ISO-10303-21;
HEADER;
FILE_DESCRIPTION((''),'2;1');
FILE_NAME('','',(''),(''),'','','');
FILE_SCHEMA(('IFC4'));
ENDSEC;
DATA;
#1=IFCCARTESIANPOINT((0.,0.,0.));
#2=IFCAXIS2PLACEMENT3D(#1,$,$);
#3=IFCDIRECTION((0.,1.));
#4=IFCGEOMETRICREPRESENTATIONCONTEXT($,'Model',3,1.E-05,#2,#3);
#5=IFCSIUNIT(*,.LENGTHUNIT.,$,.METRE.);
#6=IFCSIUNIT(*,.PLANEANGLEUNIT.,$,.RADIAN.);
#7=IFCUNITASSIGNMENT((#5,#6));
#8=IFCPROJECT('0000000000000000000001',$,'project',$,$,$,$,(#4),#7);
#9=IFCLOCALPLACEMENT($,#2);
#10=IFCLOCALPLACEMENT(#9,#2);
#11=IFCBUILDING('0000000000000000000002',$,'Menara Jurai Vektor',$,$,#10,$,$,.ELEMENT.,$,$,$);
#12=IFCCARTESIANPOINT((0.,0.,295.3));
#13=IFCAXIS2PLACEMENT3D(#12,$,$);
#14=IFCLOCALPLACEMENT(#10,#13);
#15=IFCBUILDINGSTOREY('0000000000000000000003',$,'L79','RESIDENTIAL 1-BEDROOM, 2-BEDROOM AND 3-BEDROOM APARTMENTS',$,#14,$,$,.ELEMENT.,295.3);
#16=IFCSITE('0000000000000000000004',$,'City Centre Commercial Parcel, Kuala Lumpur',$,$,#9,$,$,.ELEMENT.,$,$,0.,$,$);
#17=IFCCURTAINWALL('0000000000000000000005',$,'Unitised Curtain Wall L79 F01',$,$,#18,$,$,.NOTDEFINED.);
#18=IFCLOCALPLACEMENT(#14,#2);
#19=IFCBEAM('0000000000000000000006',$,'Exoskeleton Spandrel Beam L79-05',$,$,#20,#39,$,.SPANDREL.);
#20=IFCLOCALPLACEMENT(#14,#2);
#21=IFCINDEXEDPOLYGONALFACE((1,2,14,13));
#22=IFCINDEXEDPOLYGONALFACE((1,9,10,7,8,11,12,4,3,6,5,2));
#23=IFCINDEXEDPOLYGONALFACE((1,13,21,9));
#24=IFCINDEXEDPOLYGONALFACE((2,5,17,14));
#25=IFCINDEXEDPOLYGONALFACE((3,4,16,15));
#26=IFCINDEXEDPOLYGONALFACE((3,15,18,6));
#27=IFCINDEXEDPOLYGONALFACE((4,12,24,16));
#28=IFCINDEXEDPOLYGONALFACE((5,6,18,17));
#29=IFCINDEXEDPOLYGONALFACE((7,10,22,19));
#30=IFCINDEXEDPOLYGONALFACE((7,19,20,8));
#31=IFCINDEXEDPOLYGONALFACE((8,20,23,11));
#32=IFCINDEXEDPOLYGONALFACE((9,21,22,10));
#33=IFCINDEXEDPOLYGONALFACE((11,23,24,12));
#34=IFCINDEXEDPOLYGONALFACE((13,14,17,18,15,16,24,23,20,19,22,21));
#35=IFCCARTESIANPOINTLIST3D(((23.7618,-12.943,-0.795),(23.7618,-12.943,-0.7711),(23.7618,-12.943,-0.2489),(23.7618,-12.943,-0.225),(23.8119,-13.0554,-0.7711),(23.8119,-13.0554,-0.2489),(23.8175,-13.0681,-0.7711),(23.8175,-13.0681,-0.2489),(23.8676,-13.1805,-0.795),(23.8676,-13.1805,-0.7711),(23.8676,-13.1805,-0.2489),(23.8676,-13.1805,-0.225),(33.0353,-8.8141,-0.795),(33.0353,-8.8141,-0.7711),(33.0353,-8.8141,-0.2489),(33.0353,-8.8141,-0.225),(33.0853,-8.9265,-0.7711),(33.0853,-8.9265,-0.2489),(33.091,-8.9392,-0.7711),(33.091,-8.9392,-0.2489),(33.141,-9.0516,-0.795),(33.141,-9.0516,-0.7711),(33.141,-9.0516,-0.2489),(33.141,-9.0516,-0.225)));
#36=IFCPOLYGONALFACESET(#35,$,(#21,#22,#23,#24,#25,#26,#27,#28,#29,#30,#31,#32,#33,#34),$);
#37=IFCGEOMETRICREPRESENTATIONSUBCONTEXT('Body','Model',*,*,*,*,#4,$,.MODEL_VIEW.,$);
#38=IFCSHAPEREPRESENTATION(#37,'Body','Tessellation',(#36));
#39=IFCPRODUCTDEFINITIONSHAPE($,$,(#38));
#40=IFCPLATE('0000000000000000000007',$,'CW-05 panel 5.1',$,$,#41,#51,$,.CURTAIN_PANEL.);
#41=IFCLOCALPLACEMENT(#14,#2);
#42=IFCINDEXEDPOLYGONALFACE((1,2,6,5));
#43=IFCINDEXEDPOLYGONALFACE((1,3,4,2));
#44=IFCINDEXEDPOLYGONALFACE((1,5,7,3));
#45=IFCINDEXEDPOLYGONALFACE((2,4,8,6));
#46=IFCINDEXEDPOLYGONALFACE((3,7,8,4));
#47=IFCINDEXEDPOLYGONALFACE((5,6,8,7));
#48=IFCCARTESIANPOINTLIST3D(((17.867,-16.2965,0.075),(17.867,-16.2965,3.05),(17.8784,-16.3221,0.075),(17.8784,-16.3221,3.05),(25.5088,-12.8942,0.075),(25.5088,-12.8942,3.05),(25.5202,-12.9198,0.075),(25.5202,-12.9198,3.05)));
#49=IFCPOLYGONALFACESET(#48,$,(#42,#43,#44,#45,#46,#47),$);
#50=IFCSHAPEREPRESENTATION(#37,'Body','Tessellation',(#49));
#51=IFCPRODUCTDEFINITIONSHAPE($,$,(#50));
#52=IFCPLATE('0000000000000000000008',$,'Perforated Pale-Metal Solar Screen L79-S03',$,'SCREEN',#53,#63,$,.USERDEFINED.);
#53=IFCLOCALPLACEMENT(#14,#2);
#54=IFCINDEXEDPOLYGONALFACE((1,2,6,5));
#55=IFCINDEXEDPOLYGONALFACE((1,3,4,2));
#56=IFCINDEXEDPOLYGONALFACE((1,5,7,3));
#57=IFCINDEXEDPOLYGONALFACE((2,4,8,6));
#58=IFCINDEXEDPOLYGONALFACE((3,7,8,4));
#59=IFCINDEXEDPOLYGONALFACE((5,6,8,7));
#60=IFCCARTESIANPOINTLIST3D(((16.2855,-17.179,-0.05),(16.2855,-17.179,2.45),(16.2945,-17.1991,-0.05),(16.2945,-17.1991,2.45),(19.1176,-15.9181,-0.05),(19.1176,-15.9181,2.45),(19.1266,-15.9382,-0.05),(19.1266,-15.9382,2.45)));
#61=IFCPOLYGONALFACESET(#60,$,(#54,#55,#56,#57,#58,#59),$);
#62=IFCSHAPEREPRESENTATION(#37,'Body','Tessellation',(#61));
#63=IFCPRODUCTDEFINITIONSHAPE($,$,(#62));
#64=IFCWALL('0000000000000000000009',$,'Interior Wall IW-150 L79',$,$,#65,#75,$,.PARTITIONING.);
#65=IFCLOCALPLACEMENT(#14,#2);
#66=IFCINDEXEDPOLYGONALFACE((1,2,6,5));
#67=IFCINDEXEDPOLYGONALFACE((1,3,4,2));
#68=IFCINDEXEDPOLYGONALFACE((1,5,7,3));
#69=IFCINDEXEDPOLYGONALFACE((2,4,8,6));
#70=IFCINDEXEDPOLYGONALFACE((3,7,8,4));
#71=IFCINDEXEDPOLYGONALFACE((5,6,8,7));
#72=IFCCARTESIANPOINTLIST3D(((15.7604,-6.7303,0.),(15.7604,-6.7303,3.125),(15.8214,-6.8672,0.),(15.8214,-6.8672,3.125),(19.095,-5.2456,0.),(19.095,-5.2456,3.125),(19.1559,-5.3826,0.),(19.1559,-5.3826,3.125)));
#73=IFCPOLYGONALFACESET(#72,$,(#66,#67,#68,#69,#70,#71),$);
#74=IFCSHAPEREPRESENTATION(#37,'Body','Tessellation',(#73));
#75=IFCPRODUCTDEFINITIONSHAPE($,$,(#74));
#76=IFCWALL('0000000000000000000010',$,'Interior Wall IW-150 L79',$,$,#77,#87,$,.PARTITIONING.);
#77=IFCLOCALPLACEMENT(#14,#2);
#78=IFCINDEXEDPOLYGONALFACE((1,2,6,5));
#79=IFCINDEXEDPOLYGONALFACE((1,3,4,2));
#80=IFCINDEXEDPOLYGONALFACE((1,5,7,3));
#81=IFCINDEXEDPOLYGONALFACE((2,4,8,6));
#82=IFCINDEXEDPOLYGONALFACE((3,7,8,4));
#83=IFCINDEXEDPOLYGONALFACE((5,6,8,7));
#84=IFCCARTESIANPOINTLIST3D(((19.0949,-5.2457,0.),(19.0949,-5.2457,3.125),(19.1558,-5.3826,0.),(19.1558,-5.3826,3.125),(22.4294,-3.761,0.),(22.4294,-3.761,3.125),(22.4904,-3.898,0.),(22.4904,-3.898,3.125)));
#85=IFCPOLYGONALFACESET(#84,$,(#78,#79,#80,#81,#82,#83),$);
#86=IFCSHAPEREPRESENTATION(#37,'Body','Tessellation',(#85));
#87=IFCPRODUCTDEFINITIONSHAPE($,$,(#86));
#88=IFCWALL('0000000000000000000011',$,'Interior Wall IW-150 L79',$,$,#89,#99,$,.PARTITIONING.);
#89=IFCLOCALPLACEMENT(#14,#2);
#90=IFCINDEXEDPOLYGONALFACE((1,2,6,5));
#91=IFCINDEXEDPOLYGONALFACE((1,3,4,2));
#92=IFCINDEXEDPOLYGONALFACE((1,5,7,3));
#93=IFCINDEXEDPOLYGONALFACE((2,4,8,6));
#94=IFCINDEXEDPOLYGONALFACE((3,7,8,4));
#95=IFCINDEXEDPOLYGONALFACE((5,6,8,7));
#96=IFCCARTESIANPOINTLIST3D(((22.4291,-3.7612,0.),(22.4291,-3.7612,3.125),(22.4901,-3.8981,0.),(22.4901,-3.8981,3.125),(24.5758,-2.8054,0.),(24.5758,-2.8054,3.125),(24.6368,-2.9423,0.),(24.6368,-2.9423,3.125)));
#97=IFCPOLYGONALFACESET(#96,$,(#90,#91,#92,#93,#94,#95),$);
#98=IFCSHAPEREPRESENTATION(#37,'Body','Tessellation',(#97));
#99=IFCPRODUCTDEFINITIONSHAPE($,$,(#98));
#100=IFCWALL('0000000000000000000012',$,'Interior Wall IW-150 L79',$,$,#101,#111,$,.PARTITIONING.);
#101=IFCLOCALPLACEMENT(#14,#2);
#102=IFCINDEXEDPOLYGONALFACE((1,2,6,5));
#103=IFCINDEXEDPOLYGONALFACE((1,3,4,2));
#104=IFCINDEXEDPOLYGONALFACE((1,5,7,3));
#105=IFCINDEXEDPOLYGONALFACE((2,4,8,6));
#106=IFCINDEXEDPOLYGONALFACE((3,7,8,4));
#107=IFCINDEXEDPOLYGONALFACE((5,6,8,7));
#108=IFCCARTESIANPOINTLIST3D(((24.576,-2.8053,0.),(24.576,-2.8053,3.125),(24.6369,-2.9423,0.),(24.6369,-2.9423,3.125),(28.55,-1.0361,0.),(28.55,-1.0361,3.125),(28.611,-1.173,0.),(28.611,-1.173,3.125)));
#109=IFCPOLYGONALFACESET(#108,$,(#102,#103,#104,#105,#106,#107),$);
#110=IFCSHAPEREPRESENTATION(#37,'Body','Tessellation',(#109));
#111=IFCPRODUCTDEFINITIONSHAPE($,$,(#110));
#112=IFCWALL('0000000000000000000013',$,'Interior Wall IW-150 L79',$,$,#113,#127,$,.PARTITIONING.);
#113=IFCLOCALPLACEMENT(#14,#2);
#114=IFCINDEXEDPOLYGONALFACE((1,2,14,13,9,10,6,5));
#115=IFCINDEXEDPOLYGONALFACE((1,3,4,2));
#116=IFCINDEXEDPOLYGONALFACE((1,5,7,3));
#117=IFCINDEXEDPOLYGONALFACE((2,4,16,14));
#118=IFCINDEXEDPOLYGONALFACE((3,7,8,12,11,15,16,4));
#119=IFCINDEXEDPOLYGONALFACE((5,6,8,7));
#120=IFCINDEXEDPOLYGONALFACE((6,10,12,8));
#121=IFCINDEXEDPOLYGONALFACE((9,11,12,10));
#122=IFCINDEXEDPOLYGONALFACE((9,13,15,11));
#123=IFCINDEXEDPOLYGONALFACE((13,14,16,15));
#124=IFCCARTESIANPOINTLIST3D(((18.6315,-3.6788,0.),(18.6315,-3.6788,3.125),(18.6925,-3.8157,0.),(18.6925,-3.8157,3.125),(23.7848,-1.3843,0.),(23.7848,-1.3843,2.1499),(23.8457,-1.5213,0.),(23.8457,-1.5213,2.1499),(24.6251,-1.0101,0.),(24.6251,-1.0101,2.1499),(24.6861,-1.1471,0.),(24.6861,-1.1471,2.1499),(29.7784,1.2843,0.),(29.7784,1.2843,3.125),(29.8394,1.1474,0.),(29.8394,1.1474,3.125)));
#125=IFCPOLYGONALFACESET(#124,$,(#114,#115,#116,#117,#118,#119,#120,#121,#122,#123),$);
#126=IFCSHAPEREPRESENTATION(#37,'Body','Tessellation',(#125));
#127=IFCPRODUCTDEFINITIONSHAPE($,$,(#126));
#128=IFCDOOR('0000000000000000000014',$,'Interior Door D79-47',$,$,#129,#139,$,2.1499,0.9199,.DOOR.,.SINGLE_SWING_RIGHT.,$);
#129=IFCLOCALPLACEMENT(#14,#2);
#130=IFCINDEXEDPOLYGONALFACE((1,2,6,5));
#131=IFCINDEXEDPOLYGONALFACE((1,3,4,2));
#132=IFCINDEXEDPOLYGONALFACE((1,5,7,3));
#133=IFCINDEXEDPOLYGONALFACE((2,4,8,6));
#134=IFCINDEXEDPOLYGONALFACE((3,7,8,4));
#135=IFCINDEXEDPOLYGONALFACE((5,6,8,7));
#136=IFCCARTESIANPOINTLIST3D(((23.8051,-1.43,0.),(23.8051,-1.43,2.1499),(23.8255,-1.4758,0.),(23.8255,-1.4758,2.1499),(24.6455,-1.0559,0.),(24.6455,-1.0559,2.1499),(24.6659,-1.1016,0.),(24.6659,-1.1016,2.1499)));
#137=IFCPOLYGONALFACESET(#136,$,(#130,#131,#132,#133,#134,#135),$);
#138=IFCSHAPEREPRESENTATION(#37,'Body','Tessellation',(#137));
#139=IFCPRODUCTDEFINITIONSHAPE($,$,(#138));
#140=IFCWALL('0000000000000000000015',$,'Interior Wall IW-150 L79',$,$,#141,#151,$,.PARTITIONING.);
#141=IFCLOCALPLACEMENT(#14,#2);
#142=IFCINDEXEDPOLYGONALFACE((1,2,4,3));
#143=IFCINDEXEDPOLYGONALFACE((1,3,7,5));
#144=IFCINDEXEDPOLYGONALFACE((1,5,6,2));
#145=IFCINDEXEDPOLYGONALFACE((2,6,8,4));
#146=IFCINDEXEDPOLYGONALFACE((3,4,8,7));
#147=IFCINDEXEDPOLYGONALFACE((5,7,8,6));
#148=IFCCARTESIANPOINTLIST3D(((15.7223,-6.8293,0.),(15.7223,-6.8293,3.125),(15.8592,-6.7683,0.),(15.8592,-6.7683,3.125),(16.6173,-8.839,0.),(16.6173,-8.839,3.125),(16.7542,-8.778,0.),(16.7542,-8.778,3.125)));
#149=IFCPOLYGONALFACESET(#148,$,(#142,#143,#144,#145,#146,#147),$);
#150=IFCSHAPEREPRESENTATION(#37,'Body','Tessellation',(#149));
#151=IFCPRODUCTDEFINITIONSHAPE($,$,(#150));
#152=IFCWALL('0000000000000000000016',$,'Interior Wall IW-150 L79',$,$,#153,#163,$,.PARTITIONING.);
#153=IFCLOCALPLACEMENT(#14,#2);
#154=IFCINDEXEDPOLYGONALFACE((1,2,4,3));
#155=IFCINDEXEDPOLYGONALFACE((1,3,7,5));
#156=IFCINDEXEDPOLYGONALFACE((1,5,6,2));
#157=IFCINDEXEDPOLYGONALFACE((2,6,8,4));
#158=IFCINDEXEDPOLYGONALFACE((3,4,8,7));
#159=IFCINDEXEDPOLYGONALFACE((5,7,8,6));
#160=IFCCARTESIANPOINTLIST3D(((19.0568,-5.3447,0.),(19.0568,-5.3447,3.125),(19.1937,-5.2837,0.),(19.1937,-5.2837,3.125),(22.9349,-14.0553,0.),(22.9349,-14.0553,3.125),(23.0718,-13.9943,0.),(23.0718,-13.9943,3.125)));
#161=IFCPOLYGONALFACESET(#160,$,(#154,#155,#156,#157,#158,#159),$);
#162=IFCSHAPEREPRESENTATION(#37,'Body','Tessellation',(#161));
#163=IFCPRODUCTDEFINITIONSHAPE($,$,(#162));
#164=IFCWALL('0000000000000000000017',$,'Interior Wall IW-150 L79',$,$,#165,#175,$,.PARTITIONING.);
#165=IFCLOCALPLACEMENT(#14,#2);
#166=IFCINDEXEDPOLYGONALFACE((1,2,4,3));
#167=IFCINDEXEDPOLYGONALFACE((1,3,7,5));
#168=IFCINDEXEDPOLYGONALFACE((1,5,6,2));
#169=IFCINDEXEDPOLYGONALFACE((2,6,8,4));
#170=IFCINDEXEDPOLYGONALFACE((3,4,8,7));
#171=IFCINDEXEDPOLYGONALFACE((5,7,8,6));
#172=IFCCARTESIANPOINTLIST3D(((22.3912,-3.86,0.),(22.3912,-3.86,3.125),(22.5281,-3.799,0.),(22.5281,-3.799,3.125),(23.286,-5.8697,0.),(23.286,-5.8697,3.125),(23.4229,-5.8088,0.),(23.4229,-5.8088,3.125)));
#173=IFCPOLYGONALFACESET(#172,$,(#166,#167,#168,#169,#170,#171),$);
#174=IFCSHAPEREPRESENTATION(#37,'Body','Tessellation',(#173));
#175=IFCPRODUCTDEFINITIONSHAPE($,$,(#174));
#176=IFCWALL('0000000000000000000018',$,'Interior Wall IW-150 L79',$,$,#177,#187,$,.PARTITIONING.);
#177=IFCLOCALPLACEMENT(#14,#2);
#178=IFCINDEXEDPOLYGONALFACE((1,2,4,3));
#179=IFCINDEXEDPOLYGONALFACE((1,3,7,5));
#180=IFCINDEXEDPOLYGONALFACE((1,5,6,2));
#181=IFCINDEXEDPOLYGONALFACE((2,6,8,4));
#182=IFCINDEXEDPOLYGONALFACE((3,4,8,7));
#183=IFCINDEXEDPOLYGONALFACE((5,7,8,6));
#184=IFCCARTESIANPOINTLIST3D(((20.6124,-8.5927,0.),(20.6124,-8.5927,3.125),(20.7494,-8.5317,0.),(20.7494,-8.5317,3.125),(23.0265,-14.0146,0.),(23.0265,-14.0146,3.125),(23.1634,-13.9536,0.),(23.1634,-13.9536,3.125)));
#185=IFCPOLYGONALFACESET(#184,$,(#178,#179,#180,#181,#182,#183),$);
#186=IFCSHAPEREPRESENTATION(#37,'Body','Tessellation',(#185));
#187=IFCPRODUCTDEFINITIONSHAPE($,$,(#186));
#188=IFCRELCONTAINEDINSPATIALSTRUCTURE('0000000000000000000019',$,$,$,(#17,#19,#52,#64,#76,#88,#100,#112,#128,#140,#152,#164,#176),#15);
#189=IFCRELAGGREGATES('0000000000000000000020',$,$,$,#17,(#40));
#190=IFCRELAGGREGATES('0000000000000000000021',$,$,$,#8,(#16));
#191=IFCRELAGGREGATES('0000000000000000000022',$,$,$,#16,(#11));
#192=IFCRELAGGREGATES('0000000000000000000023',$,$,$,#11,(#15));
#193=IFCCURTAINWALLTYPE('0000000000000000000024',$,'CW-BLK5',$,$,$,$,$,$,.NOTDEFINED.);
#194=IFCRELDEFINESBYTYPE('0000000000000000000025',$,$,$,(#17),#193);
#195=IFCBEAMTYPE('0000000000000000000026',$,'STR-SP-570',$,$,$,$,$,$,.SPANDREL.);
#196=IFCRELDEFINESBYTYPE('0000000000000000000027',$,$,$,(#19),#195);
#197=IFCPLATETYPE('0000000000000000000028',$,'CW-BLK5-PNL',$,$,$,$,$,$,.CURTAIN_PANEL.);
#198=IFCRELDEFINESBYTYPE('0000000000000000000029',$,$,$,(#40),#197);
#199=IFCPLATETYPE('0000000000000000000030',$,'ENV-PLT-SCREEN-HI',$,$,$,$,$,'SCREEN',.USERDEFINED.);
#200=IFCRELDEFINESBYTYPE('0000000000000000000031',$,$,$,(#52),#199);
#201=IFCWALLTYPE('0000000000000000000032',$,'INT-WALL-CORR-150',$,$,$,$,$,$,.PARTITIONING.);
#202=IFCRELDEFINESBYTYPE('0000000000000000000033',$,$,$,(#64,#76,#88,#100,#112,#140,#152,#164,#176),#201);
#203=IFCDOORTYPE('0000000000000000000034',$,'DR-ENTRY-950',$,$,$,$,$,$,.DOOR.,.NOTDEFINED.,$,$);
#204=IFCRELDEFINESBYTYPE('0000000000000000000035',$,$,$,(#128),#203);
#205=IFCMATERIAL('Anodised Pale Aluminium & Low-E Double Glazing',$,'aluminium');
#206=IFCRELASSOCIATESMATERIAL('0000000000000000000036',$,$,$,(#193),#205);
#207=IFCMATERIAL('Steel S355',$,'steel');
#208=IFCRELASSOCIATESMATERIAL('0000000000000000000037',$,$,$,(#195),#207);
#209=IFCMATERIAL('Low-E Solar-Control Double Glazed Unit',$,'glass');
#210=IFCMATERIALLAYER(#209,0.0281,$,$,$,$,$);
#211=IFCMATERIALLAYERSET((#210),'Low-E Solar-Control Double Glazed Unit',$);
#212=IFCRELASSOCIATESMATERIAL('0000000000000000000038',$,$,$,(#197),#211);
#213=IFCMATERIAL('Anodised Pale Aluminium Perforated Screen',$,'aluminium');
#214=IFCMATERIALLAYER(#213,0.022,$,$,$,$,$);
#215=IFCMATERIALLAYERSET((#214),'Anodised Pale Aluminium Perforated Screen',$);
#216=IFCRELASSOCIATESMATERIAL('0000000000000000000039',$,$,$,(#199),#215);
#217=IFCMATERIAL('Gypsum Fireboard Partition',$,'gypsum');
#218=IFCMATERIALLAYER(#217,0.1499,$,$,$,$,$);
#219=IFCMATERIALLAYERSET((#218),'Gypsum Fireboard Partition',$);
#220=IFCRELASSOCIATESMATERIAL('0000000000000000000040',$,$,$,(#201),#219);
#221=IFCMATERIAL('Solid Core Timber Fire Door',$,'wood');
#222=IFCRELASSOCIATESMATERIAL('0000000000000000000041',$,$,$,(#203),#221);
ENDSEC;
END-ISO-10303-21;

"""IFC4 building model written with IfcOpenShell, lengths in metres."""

from ifc_helpers import new_model, si_unit, direction, frame, frame_2d, origin, origin_2d, place, context, subcontext, project, spatial, rectangle, i_section, extrude, material, layer, layer_set, material_profile, profile_set, type_object, element, fill, aggregate, save


model = new_model("IFC4")

# Units and contexts
model_context = context("Model", 3, precision=1e-05, world=origin(), true_north=direction((0.0, 1.0)))
body_context = subcontext(model_context, "Body", "Model", "MODEL_VIEW")
ifc_project = project(units=[si_unit("LENGTHUNIT", "METRE"), si_unit("PLANEANGLEUNIT", "RADIAN")], contexts=[model_context])

# Site, building, storey
site_placement = place(None, origin())
site = spatial("IfcSite", under=ifc_project, at=site_placement, Name="City Centre Commercial Parcel, Kuala Lumpur", CompositionType="ELEMENT", RefElevation=0.0)
building_placement = place(site_placement, origin())
building = spatial("IfcBuilding", under=site, at=building_placement, Name="Menara Jurai Vektor", CompositionType="ELEMENT")
storey_placement = place(building_placement, frame((0.0, 0.0, 295.3)))
storey = spatial("IfcBuildingStorey", under=building, at=storey_placement, Name="L79", Description="RESIDENTIAL 1-BEDROOM, 2-BEDROOM AND 3-BEDROOM APARTMENTS", CompositionType="ELEMENT", Elevation=295.3)

# Curtain wall
ifc_material_1 = material(Name="Anodised Pale Aluminium & Low-E Double Glazing", Category="aluminium")
curtain_wall_type = type_object("IfcCurtainWallType", Name="CW-BLK5", PredefinedType="NOTDEFINED", material=ifc_material_1)
curtain_wall_placement = place(storey_placement, origin())
curtain_wall = element("IfcCurtainWall", 1, at=curtain_wall_placement, inside=storey, type_object=curtain_wall_type, Name="Unitised Curtain Wall L79 F01", PredefinedType="NOTDEFINED")

# Beam
ifc_material_2 = material(Name="Steel S355", Category="steel")
ifc_material_profile_1 = material_profile(ifc_material_2, i_section(OverallWidth=0.26, OverallDepth=0.5701, WebThickness=0.0139, FlangeThickness=0.0239, at=origin_2d()), Name="PG 570x260x145")
ifc_profile_set_1 = profile_set([ifc_material_profile_1], Name="Steel S355")
beam_type_1 = type_object("IfcBeamType", Name="STR-SP-570", PredefinedType="SPANDREL", material=ifc_profile_set_1)
beam_1_placement = place(storey_placement, frame((23.8147, -13.0618, -0.51), z_axis=(0.913542, 0.406745, 0.0), x_axis=(-0.406745, 0.913542, 0.0)))
element("IfcBeam", 2, at=beam_1_placement, inside=storey, type_object=beam_type_1, Name="Exoskeleton Spandrel Beam L79-05", PredefinedType="SPANDREL", context=body_context, shape_type="SweptSolid", body=[
    extrude(i_section(OverallWidth=0.26, OverallDepth=0.5701, WebThickness=0.0139, FlangeThickness=0.0239, at=origin_2d()), origin(), (0.0, 0.0, 1.0), 10.1511),
])

# Plates
ifc_material_3 = material(Name="Low-E Solar-Control Double Glazed Unit", Category="glass")
ifc_layer_1 = layer(ifc_material_3, 0.0281)
ifc_layer_set_1 = layer_set([ifc_layer_1], Name="Low-E Solar-Control Double Glazed Unit")
plate_type_1 = type_object("IfcPlateType", Name="CW-BLK5-PNL", PredefinedType="CURTAIN_PANEL", material=ifc_layer_set_1)
plate_1_placement = place(storey_placement, frame((21.6936, -14.6082, 0.075), z_axis=(0.0, 0.0, 1.0), x_axis=(0.913546, 0.406735, 0.0)))
plate_1 = element("IfcPlate", 3, at=plate_1_placement, type_object=plate_type_1, Name="CW-05 panel 5.1", PredefinedType="CURTAIN_PANEL", context=body_context, shape_type="SweptSolid", body=[
    extrude(rectangle(XDim=8.365, YDim=0.0281, at=origin_2d()), origin(), (0.0, 0.0, 1.0), 2.9751),
])
aggregate(curtain_wall, [plate_1])
ifc_material_4 = material(Name="Anodised Pale Aluminium Perforated Screen", Category="aluminium")
ifc_layer_2 = layer(ifc_material_4, 0.022)
ifc_layer_set_2 = layer_set([ifc_layer_2], Name="Anodised Pale Aluminium Perforated Screen")
plate_type_2 = type_object("IfcPlateType", Name="ENV-PLT-SCREEN-HI", ElementType="SCREEN", PredefinedType="USERDEFINED", material=ifc_layer_set_2)
plate_2_placement = place(storey_placement, frame((17.7061, -16.5586, -0.05), z_axis=(0.0, 0.0, 1.0), x_axis=(0.913545, 0.406737, 0.0)))
element("IfcPlate", 4, at=plate_2_placement, inside=storey, type_object=plate_type_2, Name="Perforated Pale-Metal Solar Screen L79-S03", ObjectType="SCREEN", PredefinedType="USERDEFINED", context=body_context, shape_type="SweptSolid", body=[
    extrude(rectangle(XDim=3.1001, YDim=0.022, at=origin_2d()), origin(), (0.0, 0.0, 1.0), 2.5),
])

# Walls
ifc_material_5 = material(Name="Gypsum Fireboard Partition", Category="gypsum")
ifc_layer_3 = layer(ifc_material_5, 0.1499)
ifc_layer_set_3 = layer_set([ifc_layer_3], Name="Gypsum Fireboard Partition")
wall_type_1 = type_object("IfcWallType", Name="INT-WALL-CORR-150", PredefinedType="PARTITIONING", material=ifc_layer_set_3)
for number, where, z_axis, x_axis, name in (
    (5, (15.7908, -6.7988, 0.0), (0.0, 0.0, 1.0), (0.913544, 0.40674, 0.0), "Interior Wall IW-150 L79"),
    (6, (19.1252, -5.3142, 0.0), (0.0, 0.0, 1.0), (0.913544, 0.40674, 0.0), "Interior Wall IW-150 L79"),
):
    element("IfcWall", number, at=place(storey_placement, frame(where, z_axis=z_axis, x_axis=x_axis)), inside=storey, type_object=wall_type_1, Name=name, PredefinedType="PARTITIONING", context=body_context, shape_type="SweptSolid", body=[
        extrude(rectangle(XDim=3.6501, YDim=0.1499, at=frame_2d((1.8252, 0.0))), origin(), (0.0, 0.0, 1.0), 3.125),
    ])
wall_1_placement = place(storey_placement, frame((22.4597, -3.8296, 0.0), z_axis=(0.0, 0.0, 1.0), x_axis=(0.913541, 0.406746, 0.0)))
element("IfcWall", 7, at=wall_1_placement, inside=storey, type_object=wall_type_1, Name="Interior Wall IW-150 L79", PredefinedType="PARTITIONING", context=body_context, shape_type="SweptSolid", body=[
    extrude(rectangle(XDim=2.3499, YDim=0.1499, at=frame_2d((1.1748, 0.0))), origin(), (0.0, 0.0, 1.0), 3.125),
])
wall_2_placement = place(storey_placement, frame((24.6064, -2.8738, 0.0), z_axis=(0.0, 0.0, 1.0), x_axis=(0.913554, 0.406716, 0.0)))
element("IfcWall", 8, at=wall_2_placement, inside=storey, type_object=wall_type_1, Name="Interior Wall IW-150 L79", PredefinedType="PARTITIONING", context=body_context, shape_type="SweptSolid", body=[
    extrude(rectangle(XDim=4.3501, YDim=0.1499, at=frame_2d((2.175, 0.0))), origin(), (0.0, 0.0, 1.0), 3.125),
])

# Wall, opening, door
wall_3_placement = place(storey_placement, frame((18.6619, -3.7473, 0.0), z_axis=(0.0, 0.0, 1.0), x_axis=(0.91354, 0.406749, 0.0)))
wall_3 = element("IfcWall", 9, at=wall_3_placement, inside=storey, type_object=wall_type_1, Name="Interior Wall IW-150 L79", PredefinedType="PARTITIONING", context=body_context, shape_type="SweptSolid", body=[
    extrude(rectangle(XDim=12.2019, YDim=0.1499, at=frame_2d((6.1011, 0.0))), origin(), (0.0, 0.0, 1.0), 3.125),
])
opening_1_placement = place(wall_3_placement, frame((5.6411, 0.0, 0.0)))
opening_1 = element("IfcOpeningElement", 10, at=opening_1_placement, cuts=wall_3, PredefinedType="OPENING", context=body_context, shape_type="SweptSolid", body=[
    extrude(rectangle(XDim=0.9199, YDim=2.1499, at=frame_2d((0.46, 1.075))), frame((0.0, 0.085, 0.0), z_axis=(0.0, -1.0, 0.0), x_axis=(1.0, 0.0, 0.0)), (0.0, 0.0, 1.0), 0.1699),
])
ifc_material_6 = material(Name="Solid Core Timber Fire Door", Category="wood")
door_type_1 = type_object("IfcDoorType", Name="DR-ENTRY-950", OperationType="NOTDEFINED", PredefinedType="DOOR", material=ifc_material_6)
door_1_placement = place(opening_1_placement, origin())
door_1 = element("IfcDoor", 11, at=door_1_placement, inside=storey, type_object=door_type_1, Name="Interior Door D79-47", OperationType="SINGLE_SWING_RIGHT", OverallHeight=2.1499, OverallWidth=0.9199, PredefinedType="DOOR", context=body_context, shape_type="SweptSolid", body=[
    extrude(rectangle(XDim=0.9199, YDim=2.1499, at=frame_2d((0.46, 1.075))), frame((0.0, 0.0249, 0.0), z_axis=(0.0, -1.0, 0.0), x_axis=(1.0, 0.0, 0.0)), (0.0, 0.0, 1.0), 0.05),
])
fill(opening_1, door_1)

# Walls
wall_4_placement = place(storey_placement, frame((16.6858, -8.8086, 0.0), z_axis=(0.0, 0.0, 1.0), x_axis=(-0.406818, 0.913509, 0.0)))
element("IfcWall", 12, at=wall_4_placement, inside=storey, type_object=wall_type_1, Name="Interior Wall IW-150 L79", PredefinedType="PARTITIONING", context=body_context, shape_type="SweptSolid", body=[
    extrude(rectangle(XDim=2.2, YDim=0.1499, at=frame_2d((1.1001, 0.0))), origin(), (0.0, 0.0, 1.0), 3.125),
])
wall_5_placement = place(storey_placement, frame((23.0034, -14.0249, 0.0), z_axis=(0.0, 0.0, 1.0), x_axis=(-0.40673, 0.913548, 0.0)))
element("IfcWall", 13, at=wall_5_placement, inside=storey, type_object=wall_type_1, Name="Interior Wall IW-150 L79", PredefinedType="PARTITIONING", context=body_context, shape_type="SweptSolid", body=[
    extrude(rectangle(XDim=9.5349, YDim=0.1499, at=frame_2d((4.7676, 0.0))), origin(), (0.0, 0.0, 1.0), 3.125),
])
wall_6_placement = place(storey_placement, frame((23.3545, -5.8394, 0.0), z_axis=(0.0, 0.0, 1.0), x_axis=(-0.406725, 0.913551, 0.0)))
element("IfcWall", 14, at=wall_6_placement, inside=storey, type_object=wall_type_1, Name="Interior Wall IW-150 L79", PredefinedType="PARTITIONING", context=body_context, shape_type="SweptSolid", body=[
    extrude(rectangle(XDim=2.2, YDim=0.1499, at=frame_2d((1.1001, 0.0))), origin(), (0.0, 0.0, 1.0), 3.125),
])

# Wall
wall_7_placement = place(storey_placement, frame((23.095, -13.9841, 0.0), z_axis=(0.0, 0.0, 1.0), x_axis=(-0.406749, 0.91354, 0.0)))
element("IfcWall", 15, at=wall_7_placement, inside=storey, type_object=wall_type_1, Name="Interior Wall IW-150 L79", PredefinedType="PARTITIONING", context=body_context, shape_type="SweptSolid", body=[
    extrude(rectangle(XDim=5.9351, YDim=0.1499, at=frame_2d((2.9675, 0.0))), origin(), (0.0, 0.0, 1.0), 3.125),
])

save(model, "model.ifc")
